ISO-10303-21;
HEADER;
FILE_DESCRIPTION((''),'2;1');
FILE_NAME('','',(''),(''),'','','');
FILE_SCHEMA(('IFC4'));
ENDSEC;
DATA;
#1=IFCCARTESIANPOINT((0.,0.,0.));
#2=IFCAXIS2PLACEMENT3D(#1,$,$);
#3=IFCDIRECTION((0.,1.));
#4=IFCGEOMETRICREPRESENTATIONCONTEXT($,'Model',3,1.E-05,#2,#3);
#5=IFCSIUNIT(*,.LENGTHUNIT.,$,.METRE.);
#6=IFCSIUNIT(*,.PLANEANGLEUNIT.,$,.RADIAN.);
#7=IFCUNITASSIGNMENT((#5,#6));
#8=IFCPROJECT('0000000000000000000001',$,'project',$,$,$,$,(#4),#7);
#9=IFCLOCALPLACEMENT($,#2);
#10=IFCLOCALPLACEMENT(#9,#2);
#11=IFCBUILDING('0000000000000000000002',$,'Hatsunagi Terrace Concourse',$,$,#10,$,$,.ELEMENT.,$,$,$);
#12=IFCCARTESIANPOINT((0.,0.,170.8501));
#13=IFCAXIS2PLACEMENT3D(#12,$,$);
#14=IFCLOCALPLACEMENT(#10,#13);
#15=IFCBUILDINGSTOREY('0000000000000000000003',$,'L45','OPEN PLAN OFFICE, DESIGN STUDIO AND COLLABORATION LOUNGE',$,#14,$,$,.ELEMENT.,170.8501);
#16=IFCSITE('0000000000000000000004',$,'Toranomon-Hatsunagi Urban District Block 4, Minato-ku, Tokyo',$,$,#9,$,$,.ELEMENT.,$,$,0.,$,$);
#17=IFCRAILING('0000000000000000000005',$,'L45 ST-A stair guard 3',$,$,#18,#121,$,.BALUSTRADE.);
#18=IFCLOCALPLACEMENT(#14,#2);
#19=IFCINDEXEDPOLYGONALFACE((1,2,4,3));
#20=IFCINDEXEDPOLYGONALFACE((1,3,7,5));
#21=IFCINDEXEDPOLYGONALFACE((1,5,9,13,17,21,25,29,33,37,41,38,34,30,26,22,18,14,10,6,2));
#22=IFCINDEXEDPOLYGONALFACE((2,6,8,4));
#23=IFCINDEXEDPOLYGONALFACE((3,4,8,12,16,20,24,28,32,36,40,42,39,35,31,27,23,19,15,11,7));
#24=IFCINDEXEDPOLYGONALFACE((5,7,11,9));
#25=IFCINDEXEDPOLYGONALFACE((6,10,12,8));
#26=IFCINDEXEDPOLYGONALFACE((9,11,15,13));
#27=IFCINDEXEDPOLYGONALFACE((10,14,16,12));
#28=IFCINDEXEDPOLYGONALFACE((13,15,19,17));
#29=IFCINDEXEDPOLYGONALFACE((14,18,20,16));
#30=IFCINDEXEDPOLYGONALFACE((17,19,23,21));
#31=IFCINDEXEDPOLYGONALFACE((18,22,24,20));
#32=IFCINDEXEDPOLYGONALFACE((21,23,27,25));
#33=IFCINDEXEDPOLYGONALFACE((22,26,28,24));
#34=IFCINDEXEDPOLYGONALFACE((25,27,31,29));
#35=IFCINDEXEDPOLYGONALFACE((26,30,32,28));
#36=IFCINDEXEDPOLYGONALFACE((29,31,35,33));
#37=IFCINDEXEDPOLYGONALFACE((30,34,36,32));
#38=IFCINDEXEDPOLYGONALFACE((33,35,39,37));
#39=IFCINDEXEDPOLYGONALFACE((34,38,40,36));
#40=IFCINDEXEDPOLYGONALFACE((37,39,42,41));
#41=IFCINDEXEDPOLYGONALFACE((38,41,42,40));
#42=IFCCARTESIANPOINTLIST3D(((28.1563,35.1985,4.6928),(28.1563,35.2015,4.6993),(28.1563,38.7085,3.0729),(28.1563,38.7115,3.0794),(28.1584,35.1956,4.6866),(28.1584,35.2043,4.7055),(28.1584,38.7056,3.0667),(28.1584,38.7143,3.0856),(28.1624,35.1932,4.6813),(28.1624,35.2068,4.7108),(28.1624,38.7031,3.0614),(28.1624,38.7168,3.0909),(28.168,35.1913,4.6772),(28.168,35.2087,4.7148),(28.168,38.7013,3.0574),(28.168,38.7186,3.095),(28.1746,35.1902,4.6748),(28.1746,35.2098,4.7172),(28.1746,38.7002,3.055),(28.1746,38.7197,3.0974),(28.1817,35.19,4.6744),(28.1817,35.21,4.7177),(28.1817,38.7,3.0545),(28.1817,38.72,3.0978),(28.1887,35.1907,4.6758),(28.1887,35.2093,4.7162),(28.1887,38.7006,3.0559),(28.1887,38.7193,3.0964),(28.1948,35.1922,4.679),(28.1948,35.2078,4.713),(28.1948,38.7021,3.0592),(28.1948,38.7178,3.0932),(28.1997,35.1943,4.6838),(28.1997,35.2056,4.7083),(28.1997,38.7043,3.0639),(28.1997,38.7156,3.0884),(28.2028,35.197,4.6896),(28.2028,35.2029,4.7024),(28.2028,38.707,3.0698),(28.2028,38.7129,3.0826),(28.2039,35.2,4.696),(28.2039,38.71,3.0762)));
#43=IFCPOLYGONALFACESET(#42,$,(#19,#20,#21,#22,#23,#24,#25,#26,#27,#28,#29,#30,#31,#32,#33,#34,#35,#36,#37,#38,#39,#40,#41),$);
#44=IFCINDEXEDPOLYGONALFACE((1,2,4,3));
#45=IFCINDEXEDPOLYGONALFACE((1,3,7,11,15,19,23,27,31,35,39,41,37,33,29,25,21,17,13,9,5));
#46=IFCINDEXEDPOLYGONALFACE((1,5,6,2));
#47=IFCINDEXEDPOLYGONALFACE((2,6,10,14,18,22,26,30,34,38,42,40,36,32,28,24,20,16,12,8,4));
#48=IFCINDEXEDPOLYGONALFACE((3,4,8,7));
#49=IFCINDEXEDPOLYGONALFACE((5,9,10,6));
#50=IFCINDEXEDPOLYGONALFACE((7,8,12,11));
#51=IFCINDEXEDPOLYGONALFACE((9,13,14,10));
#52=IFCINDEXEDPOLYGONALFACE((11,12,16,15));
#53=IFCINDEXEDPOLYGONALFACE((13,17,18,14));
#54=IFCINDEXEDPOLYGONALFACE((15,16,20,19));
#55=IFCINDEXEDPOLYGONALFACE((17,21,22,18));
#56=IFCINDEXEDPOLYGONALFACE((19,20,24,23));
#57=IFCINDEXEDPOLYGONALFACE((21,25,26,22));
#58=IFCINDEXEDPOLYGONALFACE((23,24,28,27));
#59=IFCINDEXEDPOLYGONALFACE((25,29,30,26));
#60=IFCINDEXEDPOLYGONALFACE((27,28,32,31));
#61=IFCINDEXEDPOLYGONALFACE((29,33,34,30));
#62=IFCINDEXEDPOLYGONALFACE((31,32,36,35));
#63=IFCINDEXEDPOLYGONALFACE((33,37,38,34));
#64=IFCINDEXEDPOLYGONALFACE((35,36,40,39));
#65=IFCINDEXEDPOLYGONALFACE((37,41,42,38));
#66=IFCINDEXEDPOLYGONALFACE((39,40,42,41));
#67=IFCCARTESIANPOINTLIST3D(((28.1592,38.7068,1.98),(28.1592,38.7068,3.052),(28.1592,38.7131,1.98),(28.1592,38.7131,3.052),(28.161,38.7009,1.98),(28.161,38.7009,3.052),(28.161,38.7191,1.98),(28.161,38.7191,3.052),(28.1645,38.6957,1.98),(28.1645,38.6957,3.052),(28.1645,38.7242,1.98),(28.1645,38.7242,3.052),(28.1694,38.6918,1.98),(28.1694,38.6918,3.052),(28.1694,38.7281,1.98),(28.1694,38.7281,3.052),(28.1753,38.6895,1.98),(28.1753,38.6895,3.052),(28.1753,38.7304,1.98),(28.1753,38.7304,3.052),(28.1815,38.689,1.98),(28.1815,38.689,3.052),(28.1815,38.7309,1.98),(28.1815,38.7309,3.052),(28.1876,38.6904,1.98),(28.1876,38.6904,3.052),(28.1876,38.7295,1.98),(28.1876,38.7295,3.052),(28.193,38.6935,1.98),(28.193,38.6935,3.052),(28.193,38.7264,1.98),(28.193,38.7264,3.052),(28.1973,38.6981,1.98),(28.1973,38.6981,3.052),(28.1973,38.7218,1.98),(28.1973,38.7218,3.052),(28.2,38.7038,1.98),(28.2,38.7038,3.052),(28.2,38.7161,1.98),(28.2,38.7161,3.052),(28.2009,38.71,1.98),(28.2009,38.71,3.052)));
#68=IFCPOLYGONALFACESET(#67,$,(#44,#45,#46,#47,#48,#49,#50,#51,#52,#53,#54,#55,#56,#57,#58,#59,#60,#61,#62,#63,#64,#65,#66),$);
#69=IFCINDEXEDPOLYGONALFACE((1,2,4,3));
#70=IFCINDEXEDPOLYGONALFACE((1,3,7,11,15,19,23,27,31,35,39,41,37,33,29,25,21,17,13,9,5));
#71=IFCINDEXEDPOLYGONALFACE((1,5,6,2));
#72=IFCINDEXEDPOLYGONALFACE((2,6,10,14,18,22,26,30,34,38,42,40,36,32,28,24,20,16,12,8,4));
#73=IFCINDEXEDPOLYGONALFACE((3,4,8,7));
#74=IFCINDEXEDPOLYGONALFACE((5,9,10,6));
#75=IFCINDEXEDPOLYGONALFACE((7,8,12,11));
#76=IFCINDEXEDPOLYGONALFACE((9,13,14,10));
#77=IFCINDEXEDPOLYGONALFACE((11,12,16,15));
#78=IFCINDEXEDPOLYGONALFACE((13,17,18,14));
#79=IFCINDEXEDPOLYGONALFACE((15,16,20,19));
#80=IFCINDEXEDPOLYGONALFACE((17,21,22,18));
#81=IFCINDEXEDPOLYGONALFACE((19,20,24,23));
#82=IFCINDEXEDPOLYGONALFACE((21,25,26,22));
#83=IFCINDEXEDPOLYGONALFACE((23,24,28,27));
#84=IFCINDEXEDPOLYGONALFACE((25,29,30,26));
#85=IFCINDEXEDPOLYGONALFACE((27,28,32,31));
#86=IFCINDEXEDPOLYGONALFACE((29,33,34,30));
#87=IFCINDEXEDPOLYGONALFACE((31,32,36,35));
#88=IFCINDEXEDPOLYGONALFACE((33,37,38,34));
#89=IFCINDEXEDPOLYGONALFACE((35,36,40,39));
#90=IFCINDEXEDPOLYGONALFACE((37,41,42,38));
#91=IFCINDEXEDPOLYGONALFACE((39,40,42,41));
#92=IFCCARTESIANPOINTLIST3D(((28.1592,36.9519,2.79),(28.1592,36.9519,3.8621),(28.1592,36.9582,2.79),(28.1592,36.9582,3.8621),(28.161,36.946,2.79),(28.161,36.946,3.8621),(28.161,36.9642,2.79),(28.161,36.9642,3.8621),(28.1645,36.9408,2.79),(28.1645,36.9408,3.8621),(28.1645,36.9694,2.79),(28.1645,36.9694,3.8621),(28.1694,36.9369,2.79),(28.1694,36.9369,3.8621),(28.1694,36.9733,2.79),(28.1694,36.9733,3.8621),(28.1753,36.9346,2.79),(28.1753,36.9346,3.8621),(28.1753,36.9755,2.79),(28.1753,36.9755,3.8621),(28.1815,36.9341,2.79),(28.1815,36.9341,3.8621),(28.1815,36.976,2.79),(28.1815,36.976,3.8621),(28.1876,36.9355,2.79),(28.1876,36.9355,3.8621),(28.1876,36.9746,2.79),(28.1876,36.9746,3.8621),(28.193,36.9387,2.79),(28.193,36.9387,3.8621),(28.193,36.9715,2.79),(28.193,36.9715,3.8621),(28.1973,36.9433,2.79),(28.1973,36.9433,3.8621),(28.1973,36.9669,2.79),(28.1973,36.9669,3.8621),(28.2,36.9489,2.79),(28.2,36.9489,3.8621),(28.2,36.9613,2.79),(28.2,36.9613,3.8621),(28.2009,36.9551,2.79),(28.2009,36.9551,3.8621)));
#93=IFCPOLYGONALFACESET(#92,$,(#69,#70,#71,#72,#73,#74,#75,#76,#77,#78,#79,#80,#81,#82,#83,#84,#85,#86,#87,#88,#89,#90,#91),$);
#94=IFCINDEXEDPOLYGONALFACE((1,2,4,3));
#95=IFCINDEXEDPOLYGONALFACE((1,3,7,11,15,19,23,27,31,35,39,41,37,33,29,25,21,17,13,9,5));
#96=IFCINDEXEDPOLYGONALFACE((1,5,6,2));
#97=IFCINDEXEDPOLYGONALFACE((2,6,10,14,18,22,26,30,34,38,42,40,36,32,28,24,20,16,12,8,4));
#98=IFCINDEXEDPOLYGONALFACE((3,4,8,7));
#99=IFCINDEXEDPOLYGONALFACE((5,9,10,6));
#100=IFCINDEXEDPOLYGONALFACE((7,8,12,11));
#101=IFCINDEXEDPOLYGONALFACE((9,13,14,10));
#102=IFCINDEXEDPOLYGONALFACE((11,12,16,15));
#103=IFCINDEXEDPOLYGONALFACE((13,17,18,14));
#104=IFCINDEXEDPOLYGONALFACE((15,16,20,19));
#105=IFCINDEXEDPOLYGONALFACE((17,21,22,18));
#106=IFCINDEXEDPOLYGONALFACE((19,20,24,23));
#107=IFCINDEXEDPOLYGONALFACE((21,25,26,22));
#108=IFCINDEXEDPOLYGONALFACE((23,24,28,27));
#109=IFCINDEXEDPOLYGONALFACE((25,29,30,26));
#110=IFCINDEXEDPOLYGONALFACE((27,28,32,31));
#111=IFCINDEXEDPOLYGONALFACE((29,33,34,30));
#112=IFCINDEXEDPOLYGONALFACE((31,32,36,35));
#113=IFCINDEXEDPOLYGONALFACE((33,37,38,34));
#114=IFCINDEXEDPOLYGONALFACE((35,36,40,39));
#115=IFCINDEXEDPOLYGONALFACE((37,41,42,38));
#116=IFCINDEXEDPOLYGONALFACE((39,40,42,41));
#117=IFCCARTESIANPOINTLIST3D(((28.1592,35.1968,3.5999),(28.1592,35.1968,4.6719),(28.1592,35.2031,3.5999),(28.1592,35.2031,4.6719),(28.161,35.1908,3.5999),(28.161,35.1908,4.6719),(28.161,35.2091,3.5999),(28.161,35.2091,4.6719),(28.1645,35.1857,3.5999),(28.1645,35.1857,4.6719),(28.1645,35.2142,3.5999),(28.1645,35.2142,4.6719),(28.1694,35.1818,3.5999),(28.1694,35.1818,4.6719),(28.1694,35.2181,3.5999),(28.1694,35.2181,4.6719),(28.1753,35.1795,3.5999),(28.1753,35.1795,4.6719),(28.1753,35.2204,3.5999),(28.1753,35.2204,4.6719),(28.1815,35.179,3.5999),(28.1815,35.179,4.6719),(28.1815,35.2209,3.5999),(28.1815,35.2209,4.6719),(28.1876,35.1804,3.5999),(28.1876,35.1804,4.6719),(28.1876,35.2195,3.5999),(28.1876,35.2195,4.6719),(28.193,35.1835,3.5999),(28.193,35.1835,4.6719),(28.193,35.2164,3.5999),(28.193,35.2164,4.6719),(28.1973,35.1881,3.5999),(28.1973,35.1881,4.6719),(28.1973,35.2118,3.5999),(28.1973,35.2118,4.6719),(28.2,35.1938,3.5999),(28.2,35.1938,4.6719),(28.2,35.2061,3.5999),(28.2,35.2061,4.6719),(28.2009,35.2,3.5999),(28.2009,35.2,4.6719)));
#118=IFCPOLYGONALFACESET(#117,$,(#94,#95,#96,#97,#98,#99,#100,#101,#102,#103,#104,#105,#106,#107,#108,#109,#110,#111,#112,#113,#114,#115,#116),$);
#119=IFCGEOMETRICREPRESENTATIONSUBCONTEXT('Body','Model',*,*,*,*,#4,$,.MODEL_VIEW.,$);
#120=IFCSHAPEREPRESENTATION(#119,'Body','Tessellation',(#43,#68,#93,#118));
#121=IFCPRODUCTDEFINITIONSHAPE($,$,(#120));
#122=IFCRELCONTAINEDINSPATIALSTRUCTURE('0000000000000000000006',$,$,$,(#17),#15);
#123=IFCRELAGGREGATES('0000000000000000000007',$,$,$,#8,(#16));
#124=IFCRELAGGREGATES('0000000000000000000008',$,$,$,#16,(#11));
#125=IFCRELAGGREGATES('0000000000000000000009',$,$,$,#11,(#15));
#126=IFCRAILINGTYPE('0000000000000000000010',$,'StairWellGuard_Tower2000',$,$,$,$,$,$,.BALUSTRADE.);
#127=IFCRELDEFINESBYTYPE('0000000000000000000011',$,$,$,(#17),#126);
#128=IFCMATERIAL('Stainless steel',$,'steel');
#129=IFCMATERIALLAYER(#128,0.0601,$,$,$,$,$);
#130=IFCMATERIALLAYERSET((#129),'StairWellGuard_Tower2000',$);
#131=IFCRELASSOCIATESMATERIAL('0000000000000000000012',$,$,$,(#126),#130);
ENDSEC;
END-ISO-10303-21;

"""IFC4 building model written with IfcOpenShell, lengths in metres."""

from ifc_helpers import new_model, si_unit, direction, frame, origin, origin_2d, place, context, subcontext, project, spatial, circle, extrude, material, layer, layer_set, type_object, element, save


model = new_model("IFC4")

# Units and contexts
model_context = context("Model", 3, precision=1e-05, world=origin(), true_north=direction((0.0, 1.0)))
body_context = subcontext(model_context, "Body", "Model", "MODEL_VIEW")
ifc_project = project(units=[si_unit("LENGTHUNIT", "METRE"), si_unit("PLANEANGLEUNIT", "RADIAN")], contexts=[model_context])

# Site, building, storey
site_placement = place(None, origin())
site = spatial("IfcSite", under=ifc_project, at=site_placement, Name="Toranomon-Hatsunagi Urban District Block 4, Minato-ku, Tokyo", CompositionType="ELEMENT", RefElevation=0.0)
building_placement = place(site_placement, origin())
building = spatial("IfcBuilding", under=site, at=building_placement, Name="Hatsunagi Terrace Concourse", CompositionType="ELEMENT")
storey_placement = place(building_placement, frame((0.0, 0.0, 170.8501)))
storey = spatial("IfcBuildingStorey", under=building, at=storey_placement, Name="L45", Description="OPEN PLAN OFFICE, DESIGN STUDIO AND COLLABORATION LOUNGE", CompositionType="ELEMENT", Elevation=170.8501)

# Railing
ifc_material_1 = material(Name="Stainless steel", Category="steel")
ifc_layer_1 = layer(ifc_material_1, 0.0601)
ifc_layer_set_1 = layer_set([ifc_layer_1], Name="StairWellGuard_Tower2000")
railing_type = type_object("IfcRailingType", Name="StairWellGuard_Tower2000", PredefinedType="BALUSTRADE", material=ifc_layer_set_1)
railing_1_placement = place(storey_placement, frame((28.1799, 38.71, 1.98)))
element("IfcRailing", 1, at=railing_1_placement, inside=storey, type_object=railing_type, Name="L45 ST-A stair guard 3", PredefinedType="BALUSTRADE", context=body_context, shape_type="SweptSolid", body=[
    extrude(circle(Radius=0.0239, at=origin_2d()), frame((0.0, 0.0, 1.0962), z_axis=(0.0, -0.907972, 0.41903), x_axis=(1.0, 0.0, 0.0)), (0.0, 0.0, 1.0), 3.8657),
    extrude(circle(Radius=0.021, at=origin_2d()), origin(), (0.0, 0.0, 1.0), 1.072),
    extrude(circle(Radius=0.021, at=origin_2d()), frame((0.0, -1.7549, 0.8101)), (0.0, 0.0, 1.0), 1.072),
    extrude(circle(Radius=0.021, at=origin_2d()), frame((0.0, -3.51, 1.6199)), (0.0, 0.0, 1.0), 1.072),
])

save(model, "model.ifc")
